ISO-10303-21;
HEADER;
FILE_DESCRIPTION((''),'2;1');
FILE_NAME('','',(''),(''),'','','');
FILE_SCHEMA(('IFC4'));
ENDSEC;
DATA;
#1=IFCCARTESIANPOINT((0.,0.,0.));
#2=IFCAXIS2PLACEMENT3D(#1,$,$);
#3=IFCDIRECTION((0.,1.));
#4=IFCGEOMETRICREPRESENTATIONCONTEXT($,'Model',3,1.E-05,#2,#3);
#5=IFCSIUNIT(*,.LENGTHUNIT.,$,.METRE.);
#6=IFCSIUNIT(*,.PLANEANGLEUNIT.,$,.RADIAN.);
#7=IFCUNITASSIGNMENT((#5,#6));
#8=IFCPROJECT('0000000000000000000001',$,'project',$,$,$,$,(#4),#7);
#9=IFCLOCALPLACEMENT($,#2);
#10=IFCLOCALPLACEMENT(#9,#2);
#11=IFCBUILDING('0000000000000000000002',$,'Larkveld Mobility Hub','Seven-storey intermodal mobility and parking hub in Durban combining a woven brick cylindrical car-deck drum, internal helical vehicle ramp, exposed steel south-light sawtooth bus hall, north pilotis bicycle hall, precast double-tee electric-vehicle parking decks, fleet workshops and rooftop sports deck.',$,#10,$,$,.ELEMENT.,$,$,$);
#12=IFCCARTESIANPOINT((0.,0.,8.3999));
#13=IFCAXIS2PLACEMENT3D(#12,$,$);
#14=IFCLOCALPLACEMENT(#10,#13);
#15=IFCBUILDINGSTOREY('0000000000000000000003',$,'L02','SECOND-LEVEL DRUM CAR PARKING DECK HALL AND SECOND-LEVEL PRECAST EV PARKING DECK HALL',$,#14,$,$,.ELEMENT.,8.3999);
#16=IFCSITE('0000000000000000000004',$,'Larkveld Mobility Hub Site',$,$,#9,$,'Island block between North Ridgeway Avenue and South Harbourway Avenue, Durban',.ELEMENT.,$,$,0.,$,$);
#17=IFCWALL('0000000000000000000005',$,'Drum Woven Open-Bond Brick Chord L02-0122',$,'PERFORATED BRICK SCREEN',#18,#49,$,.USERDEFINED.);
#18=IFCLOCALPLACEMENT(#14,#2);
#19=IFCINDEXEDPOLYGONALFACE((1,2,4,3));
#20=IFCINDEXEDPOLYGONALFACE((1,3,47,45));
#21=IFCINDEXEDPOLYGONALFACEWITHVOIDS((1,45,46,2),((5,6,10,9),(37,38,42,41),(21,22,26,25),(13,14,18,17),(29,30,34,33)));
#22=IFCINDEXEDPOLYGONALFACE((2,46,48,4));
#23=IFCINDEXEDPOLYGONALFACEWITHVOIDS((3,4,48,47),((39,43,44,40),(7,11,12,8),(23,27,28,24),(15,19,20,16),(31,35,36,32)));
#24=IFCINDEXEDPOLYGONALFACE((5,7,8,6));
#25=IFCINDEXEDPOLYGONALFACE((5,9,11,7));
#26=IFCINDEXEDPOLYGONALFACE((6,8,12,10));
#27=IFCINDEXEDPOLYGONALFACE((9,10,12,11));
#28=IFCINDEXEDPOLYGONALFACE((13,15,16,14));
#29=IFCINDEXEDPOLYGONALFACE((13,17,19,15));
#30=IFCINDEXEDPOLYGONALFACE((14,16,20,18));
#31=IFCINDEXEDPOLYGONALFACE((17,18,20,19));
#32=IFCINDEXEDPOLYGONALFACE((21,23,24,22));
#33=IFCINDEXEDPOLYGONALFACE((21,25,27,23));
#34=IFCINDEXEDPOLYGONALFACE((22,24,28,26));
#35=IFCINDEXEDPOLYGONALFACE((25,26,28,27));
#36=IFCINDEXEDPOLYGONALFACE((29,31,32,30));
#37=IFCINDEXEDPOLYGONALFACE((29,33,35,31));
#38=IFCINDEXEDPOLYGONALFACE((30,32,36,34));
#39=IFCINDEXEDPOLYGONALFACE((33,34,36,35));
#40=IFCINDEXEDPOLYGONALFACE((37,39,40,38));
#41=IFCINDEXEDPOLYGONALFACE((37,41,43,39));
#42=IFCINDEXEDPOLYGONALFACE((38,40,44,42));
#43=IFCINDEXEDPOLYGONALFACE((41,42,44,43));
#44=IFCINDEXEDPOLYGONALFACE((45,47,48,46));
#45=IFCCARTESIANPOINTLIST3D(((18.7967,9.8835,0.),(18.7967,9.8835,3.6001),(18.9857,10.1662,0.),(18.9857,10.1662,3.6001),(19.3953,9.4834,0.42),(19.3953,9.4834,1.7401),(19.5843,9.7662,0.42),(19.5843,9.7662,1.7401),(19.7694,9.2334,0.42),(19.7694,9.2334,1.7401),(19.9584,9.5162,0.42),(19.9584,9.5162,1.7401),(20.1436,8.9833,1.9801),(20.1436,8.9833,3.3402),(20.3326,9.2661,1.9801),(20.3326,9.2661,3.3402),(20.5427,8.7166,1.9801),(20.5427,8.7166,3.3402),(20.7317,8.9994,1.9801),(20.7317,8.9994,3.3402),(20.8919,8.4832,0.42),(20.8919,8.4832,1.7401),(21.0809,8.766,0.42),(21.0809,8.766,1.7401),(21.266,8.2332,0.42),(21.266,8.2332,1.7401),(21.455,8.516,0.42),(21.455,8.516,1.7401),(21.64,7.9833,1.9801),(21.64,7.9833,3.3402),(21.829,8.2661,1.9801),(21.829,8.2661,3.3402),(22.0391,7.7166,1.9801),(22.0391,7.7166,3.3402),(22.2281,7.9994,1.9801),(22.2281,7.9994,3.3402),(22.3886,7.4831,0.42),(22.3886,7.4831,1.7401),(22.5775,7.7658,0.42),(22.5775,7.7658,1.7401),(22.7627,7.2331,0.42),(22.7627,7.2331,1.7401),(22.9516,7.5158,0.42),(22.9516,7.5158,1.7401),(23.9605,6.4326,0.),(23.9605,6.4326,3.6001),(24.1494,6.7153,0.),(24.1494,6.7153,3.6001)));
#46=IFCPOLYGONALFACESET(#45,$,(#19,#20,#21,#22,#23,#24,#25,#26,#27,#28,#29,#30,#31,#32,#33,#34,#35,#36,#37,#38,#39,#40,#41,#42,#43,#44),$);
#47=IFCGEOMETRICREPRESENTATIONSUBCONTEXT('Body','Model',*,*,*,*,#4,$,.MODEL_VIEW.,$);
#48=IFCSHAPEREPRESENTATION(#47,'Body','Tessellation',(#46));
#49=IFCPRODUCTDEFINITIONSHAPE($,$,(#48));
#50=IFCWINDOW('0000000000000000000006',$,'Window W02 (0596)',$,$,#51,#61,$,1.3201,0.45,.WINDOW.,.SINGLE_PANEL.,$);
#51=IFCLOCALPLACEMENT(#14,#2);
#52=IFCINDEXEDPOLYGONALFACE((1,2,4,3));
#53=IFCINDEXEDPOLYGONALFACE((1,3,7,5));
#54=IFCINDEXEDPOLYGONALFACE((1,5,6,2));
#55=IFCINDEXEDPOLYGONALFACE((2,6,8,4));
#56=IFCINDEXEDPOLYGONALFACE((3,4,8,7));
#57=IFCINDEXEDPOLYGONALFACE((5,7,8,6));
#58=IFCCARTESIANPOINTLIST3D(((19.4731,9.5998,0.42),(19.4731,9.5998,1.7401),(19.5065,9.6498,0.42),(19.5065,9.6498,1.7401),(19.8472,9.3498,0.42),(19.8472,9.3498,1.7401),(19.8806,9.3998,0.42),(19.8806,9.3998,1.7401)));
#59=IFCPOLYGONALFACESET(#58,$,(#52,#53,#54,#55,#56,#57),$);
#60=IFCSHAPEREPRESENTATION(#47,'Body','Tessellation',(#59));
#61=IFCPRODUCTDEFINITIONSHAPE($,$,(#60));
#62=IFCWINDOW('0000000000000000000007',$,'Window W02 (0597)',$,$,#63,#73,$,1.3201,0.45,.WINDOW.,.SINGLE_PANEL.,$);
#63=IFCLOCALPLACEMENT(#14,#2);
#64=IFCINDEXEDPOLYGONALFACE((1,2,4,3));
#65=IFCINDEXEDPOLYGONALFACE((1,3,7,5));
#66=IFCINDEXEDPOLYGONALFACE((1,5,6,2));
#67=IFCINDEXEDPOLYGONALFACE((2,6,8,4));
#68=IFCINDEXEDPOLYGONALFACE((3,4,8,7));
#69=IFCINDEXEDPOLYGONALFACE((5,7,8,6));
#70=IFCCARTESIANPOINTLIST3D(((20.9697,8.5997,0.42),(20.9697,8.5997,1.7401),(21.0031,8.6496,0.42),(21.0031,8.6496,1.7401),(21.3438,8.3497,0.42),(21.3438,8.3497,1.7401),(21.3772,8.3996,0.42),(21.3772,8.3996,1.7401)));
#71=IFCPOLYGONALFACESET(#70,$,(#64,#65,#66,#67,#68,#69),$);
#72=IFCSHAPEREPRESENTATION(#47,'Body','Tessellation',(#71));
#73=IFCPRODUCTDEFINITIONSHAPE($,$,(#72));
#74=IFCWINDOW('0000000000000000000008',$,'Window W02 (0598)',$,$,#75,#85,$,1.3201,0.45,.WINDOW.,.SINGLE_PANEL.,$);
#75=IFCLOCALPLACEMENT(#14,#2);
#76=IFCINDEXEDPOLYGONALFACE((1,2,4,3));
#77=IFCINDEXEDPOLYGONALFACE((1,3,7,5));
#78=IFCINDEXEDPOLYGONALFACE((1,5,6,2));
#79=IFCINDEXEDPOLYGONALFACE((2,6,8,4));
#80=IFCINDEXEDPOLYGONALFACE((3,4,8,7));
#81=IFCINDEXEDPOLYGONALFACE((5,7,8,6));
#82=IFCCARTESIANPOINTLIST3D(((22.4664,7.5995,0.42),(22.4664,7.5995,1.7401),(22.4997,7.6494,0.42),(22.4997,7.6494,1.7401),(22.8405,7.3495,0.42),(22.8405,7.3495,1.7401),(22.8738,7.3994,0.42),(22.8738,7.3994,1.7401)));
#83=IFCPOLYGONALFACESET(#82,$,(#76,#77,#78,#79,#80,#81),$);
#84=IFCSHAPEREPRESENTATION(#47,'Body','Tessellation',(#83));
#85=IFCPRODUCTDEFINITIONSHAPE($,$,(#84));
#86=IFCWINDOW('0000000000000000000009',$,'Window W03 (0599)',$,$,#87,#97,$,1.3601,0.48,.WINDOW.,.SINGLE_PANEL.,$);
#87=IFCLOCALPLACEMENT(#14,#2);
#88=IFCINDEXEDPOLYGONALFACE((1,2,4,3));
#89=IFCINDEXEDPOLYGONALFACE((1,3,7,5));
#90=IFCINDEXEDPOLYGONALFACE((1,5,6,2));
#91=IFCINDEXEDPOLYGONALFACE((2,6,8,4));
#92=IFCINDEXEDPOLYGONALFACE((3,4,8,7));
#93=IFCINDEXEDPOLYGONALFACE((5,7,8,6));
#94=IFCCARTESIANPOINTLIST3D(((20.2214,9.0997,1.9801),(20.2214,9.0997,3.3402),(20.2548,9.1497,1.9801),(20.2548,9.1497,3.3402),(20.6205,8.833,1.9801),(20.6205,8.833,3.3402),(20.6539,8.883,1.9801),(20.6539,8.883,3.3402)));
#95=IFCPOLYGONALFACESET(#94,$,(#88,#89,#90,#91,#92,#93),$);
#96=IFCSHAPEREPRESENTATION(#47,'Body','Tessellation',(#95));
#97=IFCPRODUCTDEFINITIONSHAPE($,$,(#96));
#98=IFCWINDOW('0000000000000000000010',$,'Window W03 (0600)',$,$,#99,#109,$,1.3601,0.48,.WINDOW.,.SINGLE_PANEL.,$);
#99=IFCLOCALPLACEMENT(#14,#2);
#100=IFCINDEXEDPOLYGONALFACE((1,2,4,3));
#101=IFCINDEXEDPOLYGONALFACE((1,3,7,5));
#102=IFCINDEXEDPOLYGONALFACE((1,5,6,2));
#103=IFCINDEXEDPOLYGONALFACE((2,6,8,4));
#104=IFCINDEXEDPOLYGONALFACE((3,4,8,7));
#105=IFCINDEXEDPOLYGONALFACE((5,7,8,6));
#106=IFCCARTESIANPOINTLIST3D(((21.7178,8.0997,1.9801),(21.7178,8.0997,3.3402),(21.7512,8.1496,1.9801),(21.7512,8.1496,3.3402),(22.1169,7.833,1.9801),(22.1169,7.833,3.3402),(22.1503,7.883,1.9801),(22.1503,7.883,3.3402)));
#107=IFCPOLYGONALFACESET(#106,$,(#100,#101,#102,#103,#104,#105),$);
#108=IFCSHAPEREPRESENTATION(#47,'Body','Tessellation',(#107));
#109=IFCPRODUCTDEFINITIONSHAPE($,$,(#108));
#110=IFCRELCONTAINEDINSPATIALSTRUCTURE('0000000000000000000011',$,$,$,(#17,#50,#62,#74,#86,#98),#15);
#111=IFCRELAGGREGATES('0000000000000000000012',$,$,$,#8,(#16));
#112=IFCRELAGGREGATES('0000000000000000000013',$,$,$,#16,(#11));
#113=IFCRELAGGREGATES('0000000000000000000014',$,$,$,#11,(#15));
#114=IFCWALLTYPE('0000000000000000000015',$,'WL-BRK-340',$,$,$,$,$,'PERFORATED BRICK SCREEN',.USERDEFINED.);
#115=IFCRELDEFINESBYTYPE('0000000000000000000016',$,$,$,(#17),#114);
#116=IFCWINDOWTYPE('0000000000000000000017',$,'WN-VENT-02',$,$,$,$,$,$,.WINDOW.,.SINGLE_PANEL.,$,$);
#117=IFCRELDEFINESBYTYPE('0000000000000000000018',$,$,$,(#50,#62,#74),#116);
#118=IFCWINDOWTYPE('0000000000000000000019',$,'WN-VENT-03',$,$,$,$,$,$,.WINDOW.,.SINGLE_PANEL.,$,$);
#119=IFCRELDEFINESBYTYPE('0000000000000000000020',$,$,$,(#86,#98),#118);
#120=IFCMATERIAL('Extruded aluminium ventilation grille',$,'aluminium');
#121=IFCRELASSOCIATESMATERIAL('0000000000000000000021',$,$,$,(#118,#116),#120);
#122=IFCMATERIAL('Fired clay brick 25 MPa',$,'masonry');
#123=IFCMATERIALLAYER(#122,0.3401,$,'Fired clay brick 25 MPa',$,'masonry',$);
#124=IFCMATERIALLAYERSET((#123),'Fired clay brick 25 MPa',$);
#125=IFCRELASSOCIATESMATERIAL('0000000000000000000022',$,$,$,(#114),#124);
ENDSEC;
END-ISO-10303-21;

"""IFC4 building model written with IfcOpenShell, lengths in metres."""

from ifc_helpers import new_model, si_unit, direction, frame, frame_2d, origin, place, context, subcontext, project, spatial, rectangle, extrude, material, layer, layer_set, type_object, element, fill, save


model = new_model("IFC4")

# Units and contexts
model_context = context("Model", 3, precision=1e-05, world=origin(), true_north=direction((0.0, 1.0)))
body_context = subcontext(model_context, "Body", "Model", "MODEL_VIEW")
ifc_project = project(units=[si_unit("LENGTHUNIT", "METRE"), si_unit("PLANEANGLEUNIT", "RADIAN")], contexts=[model_context])

# Site, building, storey
site_placement = place(None, origin())
site = spatial("IfcSite", under=ifc_project, at=site_placement, Name="Larkveld Mobility Hub Site", LongName="Island block between North Ridgeway Avenue and South Harbourway Avenue, Durban", CompositionType="ELEMENT", RefElevation=0.0)
building_placement = place(site_placement, origin())
building = spatial("IfcBuilding", under=site, at=building_placement, Name="Larkveld Mobility Hub", Description="Seven-storey intermodal mobility and parking hub in Durban combining a woven brick cylindrical car-deck drum, internal helical vehicle ramp, exposed steel south-light sawtooth bus hall, north pilotis bicycle hall, precast double-tee electric-vehicle parking decks, fleet workshops and rooftop sports deck.", CompositionType="ELEMENT")
storey_placement = place(building_placement, frame((0.0, 0.0, 8.3999)))
storey = spatial("IfcBuildingStorey", under=building, at=storey_placement, Name="L02", Description="SECOND-LEVEL DRUM CAR PARKING DECK HALL AND SECOND-LEVEL PRECAST EV PARKING DECK HALL", CompositionType="ELEMENT", Elevation=8.3999)

# Wall, openings, windows
ifc_material_1 = material(Name="Fired clay brick 25 MPa", Category="masonry")
ifc_material_2 = material(Name="Extruded aluminium ventilation grille", Category="aluminium")
window_type_1 = type_object("IfcWindowType", Name="WN-VENT-03", PartitioningType="SINGLE_PANEL", PredefinedType="WINDOW", material=ifc_material_2)
window_type_2 = type_object("IfcWindowType", Name="WN-VENT-02", PartitioningType="SINGLE_PANEL", PredefinedType="WINDOW", material=ifc_material_2)
ifc_layer_1 = layer(ifc_material_1, 0.3401, Name="Fired clay brick 25 MPa", Category="masonry")
ifc_layer_set_1 = layer_set([ifc_layer_1], Name="Fired clay brick 25 MPa")
wall_type_1 = type_object("IfcWallType", Name="WL-BRK-340", ElementType="PERFORATED BRICK SCREEN", PredefinedType="USERDEFINED", material=ifc_layer_set_1)
wall_1_placement = place(storey_placement, frame((18.8911, 10.0249, 0.0), z_axis=(0.0, 0.0, 1.0), x_axis=(0.831427, -0.555634, 0.0)))
wall_1 = element("IfcWall", 1, at=wall_1_placement, inside=storey, type_object=wall_type_1, Name="Drum Woven Open-Bond Brick Chord L02-0122", ObjectType="PERFORATED BRICK SCREEN", PredefinedType="USERDEFINED", context=body_context, shape_type="SweptSolid", body=[
    extrude(rectangle(XDim=6.2107, YDim=0.3401, at=frame_2d((3.1055, 0.0))), origin(), (0.0, 0.0, 1.0), 3.6001),
])
opening_1_placement = place(wall_1_placement, frame((0.72, 0.0, 0.4199)))
opening_1 = element("IfcOpeningElement", 2, at=opening_1_placement, cuts=wall_1, PredefinedType="OPENING", context=body_context, shape_type="SweptSolid", body=[
    extrude(rectangle(XDim=0.45, YDim=1.3201, at=frame_2d((0.2251, 0.6602))), frame((0.0, 0.1802, 0.0), z_axis=(0.0, -1.0, 0.0), x_axis=(1.0, 0.0, 0.0)), (0.0, 0.0, 1.0), 0.3601),
])
opening_2_placement = place(wall_1_placement, frame((2.52, 0.0, 0.4199)))
opening_2 = element("IfcOpeningElement", 3, at=opening_2_placement, cuts=wall_1, PredefinedType="OPENING", context=body_context, shape_type="SweptSolid", body=[
    extrude(rectangle(XDim=0.45, YDim=1.3201, at=frame_2d((0.2251, 0.6602))), frame((0.0, 0.1802, 0.0), z_axis=(0.0, -1.0, 0.0), x_axis=(1.0, 0.0, 0.0)), (0.0, 0.0, 1.0), 0.3601),
])
opening_3_placement = place(wall_1_placement, frame((4.3201, 0.0, 0.4199)))
opening_3 = element("IfcOpeningElement", 4, at=opening_3_placement, cuts=wall_1, PredefinedType="OPENING", context=body_context, shape_type="SweptSolid", body=[
    extrude(rectangle(XDim=0.45, YDim=1.3201, at=frame_2d((0.2251, 0.6602))), frame((0.0, 0.1802, 0.0), z_axis=(0.0, -1.0, 0.0), x_axis=(1.0, 0.0, 0.0)), (0.0, 0.0, 1.0), 0.3601),
])
opening_4_placement = place(wall_1_placement, frame((1.6201, 0.0, 1.98)))
opening_4 = element("IfcOpeningElement", 5, at=opening_4_placement, cuts=wall_1, PredefinedType="OPENING", context=body_context, shape_type="SweptSolid", body=[
    extrude(rectangle(XDim=0.48, YDim=1.3601, at=frame_2d((0.24, 0.6802))), frame((0.0, 0.1802, 0.0), z_axis=(0.0, -1.0, 0.0), x_axis=(1.0, 0.0, 0.0)), (0.0, 0.0, 1.0), 0.3601),
])
opening_5_placement = place(wall_1_placement, frame((3.4199, 0.0, 1.98)))
opening_5 = element("IfcOpeningElement", 6, at=opening_5_placement, cuts=wall_1, PredefinedType="OPENING", context=body_context, shape_type="SweptSolid", body=[
    extrude(rectangle(XDim=0.48, YDim=1.3601, at=frame_2d((0.24, 0.6802))), frame((0.0, 0.1802, 0.0), z_axis=(0.0, -1.0, 0.0), x_axis=(1.0, 0.0, 0.0)), (0.0, 0.0, 1.0), 0.3601),
])
window_1_placement = place(opening_1_placement, origin())
window_1 = element("IfcWindow", 7, at=window_1_placement, inside=storey, type_object=window_type_2, Name="Window W02 (0596)", OverallHeight=1.3201, OverallWidth=0.45, PartitioningType="SINGLE_PANEL", PredefinedType="WINDOW", context=body_context, shape_type="SweptSolid", body=[
    extrude(rectangle(XDim=0.45, YDim=1.3201, at=frame_2d((0.2251, 0.6602))), frame((0.0, 0.03, 0.0), z_axis=(0.0, -1.0, 0.0), x_axis=(1.0, 0.0, 0.0)), (0.0, 0.0, 1.0), 0.0601),
])
fill(opening_1, window_1)
window_2_placement = place(opening_2_placement, origin())
window_2 = element("IfcWindow", 8, at=window_2_placement, inside=storey, type_object=window_type_2, Name="Window W02 (0597)", OverallHeight=1.3201, OverallWidth=0.45, PartitioningType="SINGLE_PANEL", PredefinedType="WINDOW", context=body_context, shape_type="SweptSolid", body=[
    extrude(rectangle(XDim=0.45, YDim=1.3201, at=frame_2d((0.2251, 0.6602))), frame((0.0, 0.03, 0.0), z_axis=(0.0, -1.0, 0.0), x_axis=(1.0, 0.0, 0.0)), (0.0, 0.0, 1.0), 0.0601),
])
fill(opening_2, window_2)
window_3_placement = place(opening_3_placement, origin())
window_3 = element("IfcWindow", 9, at=window_3_placement, inside=storey, type_object=window_type_2, Name="Window W02 (0598)", OverallHeight=1.3201, OverallWidth=0.45, PartitioningType="SINGLE_PANEL", PredefinedType="WINDOW", context=body_context, shape_type="SweptSolid", body=[
    extrude(rectangle(XDim=0.45, YDim=1.3201, at=frame_2d((0.2251, 0.6602))), frame((0.0, 0.03, 0.0), z_axis=(0.0, -1.0, 0.0), x_axis=(1.0, 0.0, 0.0)), (0.0, 0.0, 1.0), 0.0601),
])
fill(opening_3, window_3)
window_4_placement = place(opening_4_placement, origin())
window_4 = element("IfcWindow", 10, at=window_4_placement, inside=storey, type_object=window_type_1, Name="Window W03 (0599)", OverallHeight=1.3601, OverallWidth=0.48, PartitioningType="SINGLE_PANEL", PredefinedType="WINDOW", context=body_context, shape_type="SweptSolid", body=[
    extrude(rectangle(XDim=0.48, YDim=1.3601, at=frame_2d((0.24, 0.6802))), frame((0.0, 0.03, 0.0), z_axis=(0.0, -1.0, 0.0), x_axis=(1.0, 0.0, 0.0)), (0.0, 0.0, 1.0), 0.0601),
])
fill(opening_4, window_4)
window_5_placement = place(opening_5_placement, origin())
window_5 = element("IfcWindow", 11, at=window_5_placement, inside=storey, type_object=window_type_1, Name="Window W03 (0600)", OverallHeight=1.3601, OverallWidth=0.48, PartitioningType="SINGLE_PANEL", PredefinedType="WINDOW", context=body_context, shape_type="SweptSolid", body=[
    extrude(rectangle(XDim=0.48, YDim=1.3601, at=frame_2d((0.24, 0.6802))), frame((0.0, 0.03, 0.0), z_axis=(0.0, -1.0, 0.0), x_axis=(1.0, 0.0, 0.0)), (0.0, 0.0, 1.0), 0.0601),
])
fill(opening_5, window_5)

save(model, "model.ifc")
